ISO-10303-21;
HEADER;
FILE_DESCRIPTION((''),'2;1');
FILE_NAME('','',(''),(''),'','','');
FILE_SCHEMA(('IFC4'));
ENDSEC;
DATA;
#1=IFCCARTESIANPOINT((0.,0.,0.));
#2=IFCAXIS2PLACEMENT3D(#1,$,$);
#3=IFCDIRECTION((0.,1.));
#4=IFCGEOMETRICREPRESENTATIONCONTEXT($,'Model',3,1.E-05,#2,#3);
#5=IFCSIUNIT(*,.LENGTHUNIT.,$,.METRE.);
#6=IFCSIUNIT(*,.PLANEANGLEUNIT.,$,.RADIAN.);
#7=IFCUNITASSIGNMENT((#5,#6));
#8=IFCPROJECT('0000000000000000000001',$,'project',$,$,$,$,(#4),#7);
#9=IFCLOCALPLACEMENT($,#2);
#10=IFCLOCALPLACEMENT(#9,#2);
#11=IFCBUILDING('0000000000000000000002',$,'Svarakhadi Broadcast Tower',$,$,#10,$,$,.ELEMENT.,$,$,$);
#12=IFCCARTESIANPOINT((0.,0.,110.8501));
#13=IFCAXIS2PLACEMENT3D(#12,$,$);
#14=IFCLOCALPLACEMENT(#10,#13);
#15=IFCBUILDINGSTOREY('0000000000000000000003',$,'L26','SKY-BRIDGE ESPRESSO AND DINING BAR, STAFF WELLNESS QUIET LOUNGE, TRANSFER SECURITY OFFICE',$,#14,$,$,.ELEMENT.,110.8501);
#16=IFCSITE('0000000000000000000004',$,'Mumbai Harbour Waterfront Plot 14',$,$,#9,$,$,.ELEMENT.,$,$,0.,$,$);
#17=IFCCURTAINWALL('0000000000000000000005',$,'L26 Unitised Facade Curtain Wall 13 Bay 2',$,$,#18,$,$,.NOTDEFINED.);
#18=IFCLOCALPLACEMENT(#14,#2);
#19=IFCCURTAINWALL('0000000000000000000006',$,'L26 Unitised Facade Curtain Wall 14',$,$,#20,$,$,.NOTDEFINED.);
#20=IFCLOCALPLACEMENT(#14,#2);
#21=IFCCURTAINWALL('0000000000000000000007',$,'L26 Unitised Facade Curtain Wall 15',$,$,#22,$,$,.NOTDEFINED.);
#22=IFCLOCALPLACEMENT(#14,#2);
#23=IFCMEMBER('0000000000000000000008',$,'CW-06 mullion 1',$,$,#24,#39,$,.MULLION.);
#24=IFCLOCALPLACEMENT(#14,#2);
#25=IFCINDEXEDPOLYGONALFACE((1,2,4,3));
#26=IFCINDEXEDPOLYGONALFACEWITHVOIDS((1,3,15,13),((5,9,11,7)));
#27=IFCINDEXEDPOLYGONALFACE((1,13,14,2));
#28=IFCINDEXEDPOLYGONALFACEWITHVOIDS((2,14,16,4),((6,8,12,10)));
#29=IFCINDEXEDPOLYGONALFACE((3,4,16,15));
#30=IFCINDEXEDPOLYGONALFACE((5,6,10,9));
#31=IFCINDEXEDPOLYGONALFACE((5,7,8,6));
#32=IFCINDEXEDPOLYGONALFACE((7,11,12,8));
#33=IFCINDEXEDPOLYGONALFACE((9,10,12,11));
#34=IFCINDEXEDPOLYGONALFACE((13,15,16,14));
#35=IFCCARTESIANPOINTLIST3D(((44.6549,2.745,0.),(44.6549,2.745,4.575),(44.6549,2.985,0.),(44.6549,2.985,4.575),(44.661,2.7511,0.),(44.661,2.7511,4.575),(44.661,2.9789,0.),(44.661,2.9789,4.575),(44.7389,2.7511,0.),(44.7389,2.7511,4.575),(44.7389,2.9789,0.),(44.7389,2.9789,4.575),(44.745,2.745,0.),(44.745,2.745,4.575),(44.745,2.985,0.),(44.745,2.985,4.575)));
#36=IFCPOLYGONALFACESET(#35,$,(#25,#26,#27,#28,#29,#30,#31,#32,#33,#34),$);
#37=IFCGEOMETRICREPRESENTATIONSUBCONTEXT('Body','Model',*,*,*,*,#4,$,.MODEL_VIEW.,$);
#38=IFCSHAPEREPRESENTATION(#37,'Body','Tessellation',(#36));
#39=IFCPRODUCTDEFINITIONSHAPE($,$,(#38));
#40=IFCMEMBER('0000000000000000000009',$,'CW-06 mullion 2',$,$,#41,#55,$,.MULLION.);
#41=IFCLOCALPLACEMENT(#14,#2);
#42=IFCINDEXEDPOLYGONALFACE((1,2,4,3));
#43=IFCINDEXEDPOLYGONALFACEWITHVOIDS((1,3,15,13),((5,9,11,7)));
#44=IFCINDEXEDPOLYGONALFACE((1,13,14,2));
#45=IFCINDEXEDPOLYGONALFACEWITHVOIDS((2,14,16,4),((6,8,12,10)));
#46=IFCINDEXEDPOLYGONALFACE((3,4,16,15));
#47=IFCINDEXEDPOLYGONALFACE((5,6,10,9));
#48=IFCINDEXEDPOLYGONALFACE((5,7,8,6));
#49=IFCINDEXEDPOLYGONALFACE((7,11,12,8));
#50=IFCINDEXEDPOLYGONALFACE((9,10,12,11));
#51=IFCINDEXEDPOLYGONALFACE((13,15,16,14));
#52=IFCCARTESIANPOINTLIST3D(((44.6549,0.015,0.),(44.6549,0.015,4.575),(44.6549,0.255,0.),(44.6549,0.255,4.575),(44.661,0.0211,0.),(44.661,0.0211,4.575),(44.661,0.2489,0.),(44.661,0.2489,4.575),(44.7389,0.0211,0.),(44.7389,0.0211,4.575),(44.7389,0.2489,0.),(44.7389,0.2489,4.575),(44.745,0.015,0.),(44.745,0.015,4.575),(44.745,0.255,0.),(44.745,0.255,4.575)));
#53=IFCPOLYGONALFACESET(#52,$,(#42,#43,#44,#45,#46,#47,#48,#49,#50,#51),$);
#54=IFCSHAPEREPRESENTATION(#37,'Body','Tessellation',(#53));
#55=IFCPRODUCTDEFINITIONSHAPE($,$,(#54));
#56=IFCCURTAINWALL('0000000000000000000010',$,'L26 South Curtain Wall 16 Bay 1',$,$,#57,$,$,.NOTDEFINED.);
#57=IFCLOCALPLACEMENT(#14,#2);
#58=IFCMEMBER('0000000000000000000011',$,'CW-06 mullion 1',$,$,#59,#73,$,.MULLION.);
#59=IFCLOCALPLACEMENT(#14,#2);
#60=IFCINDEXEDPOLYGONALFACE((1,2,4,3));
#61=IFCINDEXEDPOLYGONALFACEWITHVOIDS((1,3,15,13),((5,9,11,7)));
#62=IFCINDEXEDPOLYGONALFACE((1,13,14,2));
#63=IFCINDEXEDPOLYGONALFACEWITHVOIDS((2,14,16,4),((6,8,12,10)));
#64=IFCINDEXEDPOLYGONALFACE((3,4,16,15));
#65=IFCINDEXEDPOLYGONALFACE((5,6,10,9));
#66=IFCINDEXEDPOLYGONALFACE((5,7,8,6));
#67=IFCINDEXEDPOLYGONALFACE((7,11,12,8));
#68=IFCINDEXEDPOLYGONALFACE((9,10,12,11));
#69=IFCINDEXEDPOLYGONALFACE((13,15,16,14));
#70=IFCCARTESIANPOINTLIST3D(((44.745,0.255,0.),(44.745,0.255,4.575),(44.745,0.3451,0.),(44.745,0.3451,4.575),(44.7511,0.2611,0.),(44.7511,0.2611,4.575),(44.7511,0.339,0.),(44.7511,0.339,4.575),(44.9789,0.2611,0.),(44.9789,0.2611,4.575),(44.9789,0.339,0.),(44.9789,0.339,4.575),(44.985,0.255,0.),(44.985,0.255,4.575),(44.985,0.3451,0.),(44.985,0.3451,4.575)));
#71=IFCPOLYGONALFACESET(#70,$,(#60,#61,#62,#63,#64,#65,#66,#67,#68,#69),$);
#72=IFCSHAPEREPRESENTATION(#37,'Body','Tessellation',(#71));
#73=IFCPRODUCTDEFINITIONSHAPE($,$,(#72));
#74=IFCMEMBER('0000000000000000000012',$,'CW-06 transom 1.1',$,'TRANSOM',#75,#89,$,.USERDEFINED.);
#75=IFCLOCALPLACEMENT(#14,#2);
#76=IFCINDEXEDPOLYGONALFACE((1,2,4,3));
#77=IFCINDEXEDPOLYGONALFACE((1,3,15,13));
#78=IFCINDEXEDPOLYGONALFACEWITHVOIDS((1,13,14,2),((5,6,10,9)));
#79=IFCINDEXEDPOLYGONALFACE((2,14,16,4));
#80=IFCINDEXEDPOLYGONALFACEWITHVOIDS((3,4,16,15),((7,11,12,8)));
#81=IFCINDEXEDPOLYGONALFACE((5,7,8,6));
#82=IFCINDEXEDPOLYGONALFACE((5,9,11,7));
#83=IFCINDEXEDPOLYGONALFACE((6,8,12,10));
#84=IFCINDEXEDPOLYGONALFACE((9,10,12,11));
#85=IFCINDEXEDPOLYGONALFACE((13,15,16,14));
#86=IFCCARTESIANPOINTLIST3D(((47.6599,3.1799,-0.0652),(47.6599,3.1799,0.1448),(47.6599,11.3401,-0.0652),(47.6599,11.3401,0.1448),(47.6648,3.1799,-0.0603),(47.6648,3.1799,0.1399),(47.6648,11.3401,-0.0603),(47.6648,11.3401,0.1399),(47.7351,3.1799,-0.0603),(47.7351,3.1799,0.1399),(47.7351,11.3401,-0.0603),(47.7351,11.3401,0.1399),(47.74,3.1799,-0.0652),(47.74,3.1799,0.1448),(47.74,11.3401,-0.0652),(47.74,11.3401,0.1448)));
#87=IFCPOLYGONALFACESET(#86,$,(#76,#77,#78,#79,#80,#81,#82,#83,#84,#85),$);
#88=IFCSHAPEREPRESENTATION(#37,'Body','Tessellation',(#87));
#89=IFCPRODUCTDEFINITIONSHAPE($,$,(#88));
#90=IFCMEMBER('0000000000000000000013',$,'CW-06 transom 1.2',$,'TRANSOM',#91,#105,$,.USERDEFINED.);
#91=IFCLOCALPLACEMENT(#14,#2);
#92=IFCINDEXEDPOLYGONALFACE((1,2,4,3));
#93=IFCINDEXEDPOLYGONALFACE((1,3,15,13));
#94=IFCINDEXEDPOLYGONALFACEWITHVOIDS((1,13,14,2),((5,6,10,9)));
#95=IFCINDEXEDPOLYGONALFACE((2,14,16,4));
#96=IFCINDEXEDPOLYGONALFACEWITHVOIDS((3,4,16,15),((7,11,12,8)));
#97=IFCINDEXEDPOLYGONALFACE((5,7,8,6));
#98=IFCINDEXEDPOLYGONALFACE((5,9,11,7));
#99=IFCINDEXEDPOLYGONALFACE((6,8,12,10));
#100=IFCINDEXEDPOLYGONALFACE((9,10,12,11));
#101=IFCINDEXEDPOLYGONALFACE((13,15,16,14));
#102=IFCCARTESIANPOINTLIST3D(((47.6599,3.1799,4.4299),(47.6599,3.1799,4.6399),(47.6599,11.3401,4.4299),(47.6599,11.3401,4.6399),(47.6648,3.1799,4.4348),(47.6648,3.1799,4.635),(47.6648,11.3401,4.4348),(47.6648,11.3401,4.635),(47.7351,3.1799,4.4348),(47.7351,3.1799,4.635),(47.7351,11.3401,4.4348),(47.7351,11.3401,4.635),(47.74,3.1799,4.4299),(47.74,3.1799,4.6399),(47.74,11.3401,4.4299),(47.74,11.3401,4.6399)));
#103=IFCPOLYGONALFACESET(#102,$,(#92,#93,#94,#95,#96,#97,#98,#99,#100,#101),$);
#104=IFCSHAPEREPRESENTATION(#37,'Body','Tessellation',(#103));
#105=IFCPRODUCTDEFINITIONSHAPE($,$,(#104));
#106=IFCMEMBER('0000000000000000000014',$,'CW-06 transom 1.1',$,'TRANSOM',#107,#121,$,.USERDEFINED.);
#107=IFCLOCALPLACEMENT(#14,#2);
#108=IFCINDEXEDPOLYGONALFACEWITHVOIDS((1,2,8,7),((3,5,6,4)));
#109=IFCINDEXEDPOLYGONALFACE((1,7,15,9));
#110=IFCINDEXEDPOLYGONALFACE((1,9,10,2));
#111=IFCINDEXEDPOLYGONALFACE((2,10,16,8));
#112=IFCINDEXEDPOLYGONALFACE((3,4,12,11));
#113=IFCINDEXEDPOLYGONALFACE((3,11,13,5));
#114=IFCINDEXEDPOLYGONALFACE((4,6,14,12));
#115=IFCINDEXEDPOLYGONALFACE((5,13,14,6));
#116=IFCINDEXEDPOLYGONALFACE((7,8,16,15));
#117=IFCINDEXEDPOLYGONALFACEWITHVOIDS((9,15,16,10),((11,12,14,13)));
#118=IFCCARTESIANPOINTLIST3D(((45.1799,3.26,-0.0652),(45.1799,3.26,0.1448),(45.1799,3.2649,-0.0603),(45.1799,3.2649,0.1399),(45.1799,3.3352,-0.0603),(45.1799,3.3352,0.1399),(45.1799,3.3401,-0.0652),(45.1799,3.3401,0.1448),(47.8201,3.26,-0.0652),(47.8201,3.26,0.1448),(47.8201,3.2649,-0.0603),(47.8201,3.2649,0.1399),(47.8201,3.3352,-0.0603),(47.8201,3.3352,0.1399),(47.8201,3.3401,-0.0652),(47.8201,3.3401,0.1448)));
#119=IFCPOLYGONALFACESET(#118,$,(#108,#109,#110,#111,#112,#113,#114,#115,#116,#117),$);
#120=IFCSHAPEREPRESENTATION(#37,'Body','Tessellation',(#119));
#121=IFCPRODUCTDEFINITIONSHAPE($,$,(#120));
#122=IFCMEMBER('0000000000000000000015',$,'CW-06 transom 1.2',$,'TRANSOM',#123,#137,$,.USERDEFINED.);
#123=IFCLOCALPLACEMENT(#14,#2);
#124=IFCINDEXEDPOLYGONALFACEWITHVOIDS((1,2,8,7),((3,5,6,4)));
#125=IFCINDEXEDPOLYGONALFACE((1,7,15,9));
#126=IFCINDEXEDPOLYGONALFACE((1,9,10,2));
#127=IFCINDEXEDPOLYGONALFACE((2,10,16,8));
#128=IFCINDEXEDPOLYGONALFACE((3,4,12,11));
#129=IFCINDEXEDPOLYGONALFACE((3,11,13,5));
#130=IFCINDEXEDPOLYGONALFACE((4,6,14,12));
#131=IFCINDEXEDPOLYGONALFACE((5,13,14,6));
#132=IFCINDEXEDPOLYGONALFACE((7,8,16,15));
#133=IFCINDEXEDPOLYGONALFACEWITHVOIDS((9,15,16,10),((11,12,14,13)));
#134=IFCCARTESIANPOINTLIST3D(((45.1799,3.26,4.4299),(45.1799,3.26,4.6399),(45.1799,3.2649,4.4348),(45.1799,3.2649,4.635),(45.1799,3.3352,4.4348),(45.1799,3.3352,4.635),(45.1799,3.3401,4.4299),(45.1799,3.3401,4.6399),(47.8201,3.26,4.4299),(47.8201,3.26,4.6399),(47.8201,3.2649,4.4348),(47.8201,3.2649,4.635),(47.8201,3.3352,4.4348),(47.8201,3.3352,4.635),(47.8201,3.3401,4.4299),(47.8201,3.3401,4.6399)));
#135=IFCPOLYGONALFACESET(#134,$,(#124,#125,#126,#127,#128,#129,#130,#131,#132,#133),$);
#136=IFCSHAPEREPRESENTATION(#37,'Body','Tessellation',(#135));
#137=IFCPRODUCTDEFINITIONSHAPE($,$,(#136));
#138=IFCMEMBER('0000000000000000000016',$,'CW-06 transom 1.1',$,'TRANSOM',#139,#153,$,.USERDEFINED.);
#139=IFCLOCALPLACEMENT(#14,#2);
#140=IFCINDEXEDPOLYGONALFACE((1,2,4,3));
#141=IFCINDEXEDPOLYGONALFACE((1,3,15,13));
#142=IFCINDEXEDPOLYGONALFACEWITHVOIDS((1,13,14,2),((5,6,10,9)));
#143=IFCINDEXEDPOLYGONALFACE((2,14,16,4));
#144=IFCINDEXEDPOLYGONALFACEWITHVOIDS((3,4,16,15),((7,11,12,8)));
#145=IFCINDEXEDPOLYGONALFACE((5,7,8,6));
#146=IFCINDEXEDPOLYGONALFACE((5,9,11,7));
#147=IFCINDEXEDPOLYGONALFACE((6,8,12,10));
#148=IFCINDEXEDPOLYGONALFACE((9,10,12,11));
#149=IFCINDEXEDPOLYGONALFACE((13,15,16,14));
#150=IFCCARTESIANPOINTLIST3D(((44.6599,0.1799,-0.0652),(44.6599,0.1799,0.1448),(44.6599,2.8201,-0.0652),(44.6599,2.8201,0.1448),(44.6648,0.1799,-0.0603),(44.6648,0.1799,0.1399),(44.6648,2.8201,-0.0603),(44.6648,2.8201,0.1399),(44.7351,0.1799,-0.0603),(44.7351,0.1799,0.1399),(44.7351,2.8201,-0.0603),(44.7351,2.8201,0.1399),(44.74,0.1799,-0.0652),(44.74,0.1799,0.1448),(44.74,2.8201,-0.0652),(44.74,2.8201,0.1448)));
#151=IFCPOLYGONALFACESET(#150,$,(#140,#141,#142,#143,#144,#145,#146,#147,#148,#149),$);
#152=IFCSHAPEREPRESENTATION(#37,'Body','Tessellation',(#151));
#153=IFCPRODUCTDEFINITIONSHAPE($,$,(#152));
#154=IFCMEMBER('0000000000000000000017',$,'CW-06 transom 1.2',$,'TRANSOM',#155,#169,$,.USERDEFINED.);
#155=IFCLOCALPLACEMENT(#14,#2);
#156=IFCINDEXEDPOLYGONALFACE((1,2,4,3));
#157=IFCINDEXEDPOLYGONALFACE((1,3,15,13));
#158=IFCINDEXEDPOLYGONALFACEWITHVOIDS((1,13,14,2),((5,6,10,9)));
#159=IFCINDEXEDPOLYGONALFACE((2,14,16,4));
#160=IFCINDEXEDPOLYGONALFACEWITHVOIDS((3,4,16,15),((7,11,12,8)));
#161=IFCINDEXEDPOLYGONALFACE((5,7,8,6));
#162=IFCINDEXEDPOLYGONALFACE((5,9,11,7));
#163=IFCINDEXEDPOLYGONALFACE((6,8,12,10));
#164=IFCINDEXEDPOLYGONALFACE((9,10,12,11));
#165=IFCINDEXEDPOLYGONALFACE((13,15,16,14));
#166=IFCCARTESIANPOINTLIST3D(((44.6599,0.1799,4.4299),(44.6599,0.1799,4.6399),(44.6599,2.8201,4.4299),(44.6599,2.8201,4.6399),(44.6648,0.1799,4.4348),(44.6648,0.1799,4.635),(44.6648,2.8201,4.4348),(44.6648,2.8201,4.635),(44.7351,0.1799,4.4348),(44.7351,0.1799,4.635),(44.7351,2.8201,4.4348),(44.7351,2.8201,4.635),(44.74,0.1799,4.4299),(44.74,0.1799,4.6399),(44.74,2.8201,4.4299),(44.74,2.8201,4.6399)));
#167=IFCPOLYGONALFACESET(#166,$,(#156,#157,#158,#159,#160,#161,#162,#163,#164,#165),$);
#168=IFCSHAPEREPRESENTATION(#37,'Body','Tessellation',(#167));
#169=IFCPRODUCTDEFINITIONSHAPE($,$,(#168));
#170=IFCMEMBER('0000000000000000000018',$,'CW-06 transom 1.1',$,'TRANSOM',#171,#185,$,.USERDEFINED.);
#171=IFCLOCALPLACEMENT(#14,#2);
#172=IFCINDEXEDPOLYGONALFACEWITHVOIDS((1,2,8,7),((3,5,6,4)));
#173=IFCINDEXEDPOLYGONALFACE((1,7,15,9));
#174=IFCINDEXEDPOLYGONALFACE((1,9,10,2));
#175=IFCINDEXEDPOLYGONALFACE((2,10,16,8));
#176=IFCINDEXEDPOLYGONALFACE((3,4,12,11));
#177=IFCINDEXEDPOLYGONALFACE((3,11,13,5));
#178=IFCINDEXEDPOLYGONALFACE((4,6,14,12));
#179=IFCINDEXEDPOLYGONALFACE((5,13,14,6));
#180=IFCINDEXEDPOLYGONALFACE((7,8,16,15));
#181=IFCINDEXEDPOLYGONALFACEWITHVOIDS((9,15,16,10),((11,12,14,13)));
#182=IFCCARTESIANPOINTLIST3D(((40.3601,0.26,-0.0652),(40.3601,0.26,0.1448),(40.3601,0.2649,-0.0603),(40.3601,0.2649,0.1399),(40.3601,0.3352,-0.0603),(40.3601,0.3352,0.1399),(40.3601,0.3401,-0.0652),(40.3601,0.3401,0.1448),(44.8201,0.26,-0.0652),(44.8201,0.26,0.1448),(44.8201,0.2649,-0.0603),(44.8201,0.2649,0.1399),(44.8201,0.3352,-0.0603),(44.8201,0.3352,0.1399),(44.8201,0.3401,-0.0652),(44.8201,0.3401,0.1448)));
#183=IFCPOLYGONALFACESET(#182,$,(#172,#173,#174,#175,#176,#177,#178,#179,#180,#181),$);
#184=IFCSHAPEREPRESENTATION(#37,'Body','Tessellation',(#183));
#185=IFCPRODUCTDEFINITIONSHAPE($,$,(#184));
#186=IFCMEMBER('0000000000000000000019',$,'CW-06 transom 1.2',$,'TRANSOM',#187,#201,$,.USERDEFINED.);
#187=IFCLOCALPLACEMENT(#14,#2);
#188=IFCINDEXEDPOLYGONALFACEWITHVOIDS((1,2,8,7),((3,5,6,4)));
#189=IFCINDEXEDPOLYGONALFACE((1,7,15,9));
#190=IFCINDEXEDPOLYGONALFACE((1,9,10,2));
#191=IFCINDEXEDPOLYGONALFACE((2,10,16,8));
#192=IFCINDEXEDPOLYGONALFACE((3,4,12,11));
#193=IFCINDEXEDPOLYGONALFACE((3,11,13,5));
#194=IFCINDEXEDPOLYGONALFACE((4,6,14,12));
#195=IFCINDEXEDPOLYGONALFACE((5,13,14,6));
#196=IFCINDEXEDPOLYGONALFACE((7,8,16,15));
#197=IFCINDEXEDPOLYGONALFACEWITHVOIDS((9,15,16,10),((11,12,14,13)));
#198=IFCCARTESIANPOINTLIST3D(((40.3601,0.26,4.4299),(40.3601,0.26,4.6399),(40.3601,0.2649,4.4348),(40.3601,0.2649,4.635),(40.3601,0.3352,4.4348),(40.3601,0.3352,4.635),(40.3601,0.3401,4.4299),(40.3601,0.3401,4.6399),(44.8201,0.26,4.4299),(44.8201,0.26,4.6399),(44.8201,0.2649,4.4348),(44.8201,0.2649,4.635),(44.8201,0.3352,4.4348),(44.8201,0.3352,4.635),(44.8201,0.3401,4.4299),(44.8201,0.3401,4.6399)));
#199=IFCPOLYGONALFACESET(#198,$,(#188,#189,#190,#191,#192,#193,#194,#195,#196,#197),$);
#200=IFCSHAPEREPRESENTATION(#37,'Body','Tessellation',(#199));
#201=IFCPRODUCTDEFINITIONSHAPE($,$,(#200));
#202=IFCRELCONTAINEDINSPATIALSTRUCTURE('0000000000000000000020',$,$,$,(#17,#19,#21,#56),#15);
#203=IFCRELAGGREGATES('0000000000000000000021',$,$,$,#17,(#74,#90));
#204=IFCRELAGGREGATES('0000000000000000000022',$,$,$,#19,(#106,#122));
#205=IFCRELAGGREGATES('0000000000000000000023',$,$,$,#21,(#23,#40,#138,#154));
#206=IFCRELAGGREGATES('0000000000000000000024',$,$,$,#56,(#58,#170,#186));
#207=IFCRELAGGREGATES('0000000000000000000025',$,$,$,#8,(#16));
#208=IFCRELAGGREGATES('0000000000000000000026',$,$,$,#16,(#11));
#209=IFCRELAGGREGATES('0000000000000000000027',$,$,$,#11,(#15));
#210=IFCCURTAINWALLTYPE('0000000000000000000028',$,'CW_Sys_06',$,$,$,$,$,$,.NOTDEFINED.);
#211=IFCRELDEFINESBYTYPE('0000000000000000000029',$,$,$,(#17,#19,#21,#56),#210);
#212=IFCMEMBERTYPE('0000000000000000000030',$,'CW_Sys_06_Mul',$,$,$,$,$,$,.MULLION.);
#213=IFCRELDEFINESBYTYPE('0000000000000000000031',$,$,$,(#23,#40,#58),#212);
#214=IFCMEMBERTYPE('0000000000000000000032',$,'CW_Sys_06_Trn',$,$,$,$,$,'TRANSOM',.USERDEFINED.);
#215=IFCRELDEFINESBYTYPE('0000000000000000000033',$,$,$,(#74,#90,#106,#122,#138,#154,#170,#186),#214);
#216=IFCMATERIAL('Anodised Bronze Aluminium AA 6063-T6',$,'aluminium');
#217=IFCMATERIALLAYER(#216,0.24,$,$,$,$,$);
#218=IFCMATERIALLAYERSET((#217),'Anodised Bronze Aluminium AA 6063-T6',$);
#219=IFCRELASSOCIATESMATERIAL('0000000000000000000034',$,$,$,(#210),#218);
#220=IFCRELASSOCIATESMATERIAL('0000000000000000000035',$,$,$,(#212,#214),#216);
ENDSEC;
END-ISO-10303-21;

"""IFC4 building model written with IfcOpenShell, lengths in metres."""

from ifc_helpers import new_model, si_unit, direction, frame, origin, origin_2d, place, context, subcontext, project, spatial, hollow_rectangle, extrude, material, layer, layer_set, material_profile, profile_set, type_object, element, aggregate, save


model = new_model("IFC4")

# Units and contexts
model_context = context("Model", 3, precision=1e-05, world=origin(), true_north=direction((0.0, 1.0)))
body_context = subcontext(model_context, "Body", "Model", "MODEL_VIEW")
ifc_project = project(units=[si_unit("LENGTHUNIT", "METRE"), si_unit("PLANEANGLEUNIT", "RADIAN")], contexts=[model_context])

# Site, building, storey
site_placement = place(None, origin())
site = spatial("IfcSite", under=ifc_project, at=site_placement, Name="Mumbai Harbour Waterfront Plot 14", CompositionType="ELEMENT", RefElevation=0.0)
building_placement = place(site_placement, origin())
building = spatial("IfcBuilding", under=site, at=building_placement, Name="Svarakhadi Broadcast Tower", CompositionType="ELEMENT")
storey_placement = place(building_placement, frame((0.0, 0.0, 110.8501)))
storey = spatial("IfcBuildingStorey", under=building, at=storey_placement, Name="L26", Description="SKY-BRIDGE ESPRESSO AND DINING BAR, STAFF WELLNESS QUIET LOUNGE, TRANSFER SECURITY OFFICE", CompositionType="ELEMENT", Elevation=110.8501)

# Curtain walls, members
ifc_material_1 = material(Name="Anodised Bronze Aluminium AA 6063-T6", Category="aluminium")
ifc_layer_1 = layer(ifc_material_1, 0.24)
ifc_layer_set_1 = layer_set([ifc_layer_1], Name="Anodised Bronze Aluminium AA 6063-T6")
curtain_wall_type = type_object("IfcCurtainWallType", Name="CW_Sys_06", PredefinedType="NOTDEFINED", material=ifc_layer_set_1)
curtain_wall_1_placement = place(storey_placement, origin())
curtain_wall_1 = element("IfcCurtainWall", 1, at=curtain_wall_1_placement, inside=storey, type_object=curtain_wall_type, Name="L26 Unitised Facade Curtain Wall 13 Bay 2", PredefinedType="NOTDEFINED")
ifc_material_profile_1 = material_profile(ifc_material_1, hollow_rectangle(XDim=0.0901, YDim=0.24, WallThickness=0.0061, at=origin_2d()), Name="ALU MULLION 240x90x6")
ifc_profile_set_1 = profile_set([ifc_material_profile_1], Name="Anodised Bronze Aluminium AA 6063-T6")
member_type_1 = type_object("IfcMemberType", Name="CW_Sys_06_Mul", PredefinedType="MULLION", material=ifc_profile_set_1)
curtain_wall_2_placement = place(storey_placement, origin())
curtain_wall_2 = element("IfcCurtainWall", 2, at=curtain_wall_2_placement, inside=storey, type_object=curtain_wall_type, Name="L26 Unitised Facade Curtain Wall 14", PredefinedType="NOTDEFINED")
curtain_wall_3_placement = place(storey_placement, origin())
curtain_wall_3 = element("IfcCurtainWall", 3, at=curtain_wall_3_placement, inside=storey, type_object=curtain_wall_type, Name="L26 Unitised Facade Curtain Wall 15", PredefinedType="NOTDEFINED")
member_1_placement = place(storey_placement, frame((44.7, 2.865, 0.0), z_axis=(0.0, 0.0, 1.0), x_axis=(1.0, 0.0, 0.0)))
member_1 = element("IfcMember", 4, at=member_1_placement, type_object=member_type_1, Name="CW-06 mullion 1", PredefinedType="MULLION", context=body_context, shape_type="SweptSolid", body=[
    extrude(hollow_rectangle(XDim=0.0901, YDim=0.24, WallThickness=0.0061, at=origin_2d()), origin(), (0.0, 0.0, 1.0), 4.575),
])
member_2_placement = place(storey_placement, frame((44.7, 0.135, 0.0), z_axis=(0.0, 0.0, 1.0), x_axis=(1.0, 0.0, 0.0)))
member_2 = element("IfcMember", 5, at=member_2_placement, type_object=member_type_1, Name="CW-06 mullion 2", PredefinedType="MULLION", context=body_context, shape_type="SweptSolid", body=[
    extrude(hollow_rectangle(XDim=0.0901, YDim=0.24, WallThickness=0.0061, at=origin_2d()), origin(), (0.0, 0.0, 1.0), 4.575),
])

# Curtain wall, member
curtain_wall_4_placement = place(storey_placement, origin())
curtain_wall_4 = element("IfcCurtainWall", 6, at=curtain_wall_4_placement, inside=storey, type_object=curtain_wall_type, Name="L26 South Curtain Wall 16 Bay 1", PredefinedType="NOTDEFINED")
member_3_placement = place(storey_placement, frame((44.865, 0.3, 0.0), z_axis=(0.0, 0.0, 1.0), x_axis=(0.0, -1.0, 0.0)))
member_3 = element("IfcMember", 7, at=member_3_placement, type_object=member_type_1, Name="CW-06 mullion 1", PredefinedType="MULLION", context=body_context, shape_type="SweptSolid", body=[
    extrude(hollow_rectangle(XDim=0.0901, YDim=0.24, WallThickness=0.0061, at=origin_2d()), origin(), (0.0, 0.0, 1.0), 4.575),
])

# Members
ifc_material_profile_2 = material_profile(ifc_material_1, hollow_rectangle(XDim=0.0801, YDim=0.21, WallThickness=0.0049, at=origin_2d()), Name="ALU TRANSOM 210x80x5")
ifc_profile_set_2 = profile_set([ifc_material_profile_2], Name="Anodised Bronze Aluminium AA 6063-T6")
member_type_2 = type_object("IfcMemberType", Name="CW_Sys_06_Trn", ElementType="TRANSOM", PredefinedType="USERDEFINED", material=ifc_profile_set_2)
member_4_placement = place(storey_placement, frame((47.7, 11.3401, 0.0398), z_axis=(0.0, -1.0, 0.0), x_axis=(1.0, 0.0, 0.0)))
member_4 = element("IfcMember", 8, at=member_4_placement, type_object=member_type_2, Name="CW-06 transom 1.1", ObjectType="TRANSOM", PredefinedType="USERDEFINED", context=body_context, shape_type="SweptSolid", body=[
    extrude(hollow_rectangle(XDim=0.0801, YDim=0.21, WallThickness=0.0049, at=origin_2d()), origin(), (0.0, 0.0, 1.0), 8.1602),
])
member_5_placement = place(storey_placement, frame((47.7, 11.3401, 4.5349), z_axis=(0.0, -1.0, 0.0), x_axis=(1.0, 0.0, 0.0)))
member_5 = element("IfcMember", 9, at=member_5_placement, type_object=member_type_2, Name="CW-06 transom 1.2", ObjectType="TRANSOM", PredefinedType="USERDEFINED", context=body_context, shape_type="SweptSolid", body=[
    extrude(hollow_rectangle(XDim=0.0801, YDim=0.21, WallThickness=0.0049, at=origin_2d()), origin(), (0.0, 0.0, 1.0), 8.1602),
])
member_6_placement = place(storey_placement, frame((47.8201, 3.3, 0.0398), z_axis=(-1.0, 0.0, 0.0), x_axis=(0.0, -1.0, 0.0)))
member_6 = element("IfcMember", 10, at=member_6_placement, type_object=member_type_2, Name="CW-06 transom 1.1", ObjectType="TRANSOM", PredefinedType="USERDEFINED", context=body_context, shape_type="SweptSolid", body=[
    extrude(hollow_rectangle(XDim=0.0801, YDim=0.21, WallThickness=0.0049, at=origin_2d()), origin(), (0.0, 0.0, 1.0), 2.6401),
])
member_7_placement = place(storey_placement, frame((47.8201, 3.3, 4.5349), z_axis=(-1.0, 0.0, 0.0), x_axis=(0.0, -1.0, 0.0)))
member_7 = element("IfcMember", 11, at=member_7_placement, type_object=member_type_2, Name="CW-06 transom 1.2", ObjectType="TRANSOM", PredefinedType="USERDEFINED", context=body_context, shape_type="SweptSolid", body=[
    extrude(hollow_rectangle(XDim=0.0801, YDim=0.21, WallThickness=0.0049, at=origin_2d()), origin(), (0.0, 0.0, 1.0), 2.6401),
])
member_8_placement = place(storey_placement, frame((44.7, 2.8201, 0.0398), z_axis=(0.0, -1.0, 0.0), x_axis=(1.0, 0.0, 0.0)))
member_8 = element("IfcMember", 12, at=member_8_placement, type_object=member_type_2, Name="CW-06 transom 1.1", ObjectType="TRANSOM", PredefinedType="USERDEFINED", context=body_context, shape_type="SweptSolid", body=[
    extrude(hollow_rectangle(XDim=0.0801, YDim=0.21, WallThickness=0.0049, at=origin_2d()), origin(), (0.0, 0.0, 1.0), 2.6401),
])
member_9_placement = place(storey_placement, frame((44.7, 2.8201, 4.5349), z_axis=(0.0, -1.0, 0.0), x_axis=(1.0, 0.0, 0.0)))
member_9 = element("IfcMember", 13, at=member_9_placement, type_object=member_type_2, Name="CW-06 transom 1.2", ObjectType="TRANSOM", PredefinedType="USERDEFINED", context=body_context, shape_type="SweptSolid", body=[
    extrude(hollow_rectangle(XDim=0.0801, YDim=0.21, WallThickness=0.0049, at=origin_2d()), origin(), (0.0, 0.0, 1.0), 2.6401),
])
member_10_placement = place(storey_placement, frame((44.8201, 0.3, 0.0398), z_axis=(-1.0, 0.0, 0.0), x_axis=(0.0, -1.0, 0.0)))
member_10 = element("IfcMember", 14, at=member_10_placement, type_object=member_type_2, Name="CW-06 transom 1.1", ObjectType="TRANSOM", PredefinedType="USERDEFINED", context=body_context, shape_type="SweptSolid", body=[
    extrude(hollow_rectangle(XDim=0.0801, YDim=0.21, WallThickness=0.0049, at=origin_2d()), origin(), (0.0, 0.0, 1.0), 4.46),
])
member_11_placement = place(storey_placement, frame((44.8201, 0.3, 4.5349), z_axis=(-1.0, 0.0, 0.0), x_axis=(0.0, -1.0, 0.0)))
member_11 = element("IfcMember", 15, at=member_11_placement, type_object=member_type_2, Name="CW-06 transom 1.2", ObjectType="TRANSOM", PredefinedType="USERDEFINED", context=body_context, shape_type="SweptSolid", body=[
    extrude(hollow_rectangle(XDim=0.0801, YDim=0.21, WallThickness=0.0049, at=origin_2d()), origin(), (0.0, 0.0, 1.0), 4.46),
])

aggregate(curtain_wall_1, [member_4, member_5])
aggregate(curtain_wall_2, [member_6, member_7])
aggregate(curtain_wall_3, [member_1, member_2, member_8, member_9])
aggregate(curtain_wall_4, [member_3, member_10, member_11])

save(model, "model.ifc")
